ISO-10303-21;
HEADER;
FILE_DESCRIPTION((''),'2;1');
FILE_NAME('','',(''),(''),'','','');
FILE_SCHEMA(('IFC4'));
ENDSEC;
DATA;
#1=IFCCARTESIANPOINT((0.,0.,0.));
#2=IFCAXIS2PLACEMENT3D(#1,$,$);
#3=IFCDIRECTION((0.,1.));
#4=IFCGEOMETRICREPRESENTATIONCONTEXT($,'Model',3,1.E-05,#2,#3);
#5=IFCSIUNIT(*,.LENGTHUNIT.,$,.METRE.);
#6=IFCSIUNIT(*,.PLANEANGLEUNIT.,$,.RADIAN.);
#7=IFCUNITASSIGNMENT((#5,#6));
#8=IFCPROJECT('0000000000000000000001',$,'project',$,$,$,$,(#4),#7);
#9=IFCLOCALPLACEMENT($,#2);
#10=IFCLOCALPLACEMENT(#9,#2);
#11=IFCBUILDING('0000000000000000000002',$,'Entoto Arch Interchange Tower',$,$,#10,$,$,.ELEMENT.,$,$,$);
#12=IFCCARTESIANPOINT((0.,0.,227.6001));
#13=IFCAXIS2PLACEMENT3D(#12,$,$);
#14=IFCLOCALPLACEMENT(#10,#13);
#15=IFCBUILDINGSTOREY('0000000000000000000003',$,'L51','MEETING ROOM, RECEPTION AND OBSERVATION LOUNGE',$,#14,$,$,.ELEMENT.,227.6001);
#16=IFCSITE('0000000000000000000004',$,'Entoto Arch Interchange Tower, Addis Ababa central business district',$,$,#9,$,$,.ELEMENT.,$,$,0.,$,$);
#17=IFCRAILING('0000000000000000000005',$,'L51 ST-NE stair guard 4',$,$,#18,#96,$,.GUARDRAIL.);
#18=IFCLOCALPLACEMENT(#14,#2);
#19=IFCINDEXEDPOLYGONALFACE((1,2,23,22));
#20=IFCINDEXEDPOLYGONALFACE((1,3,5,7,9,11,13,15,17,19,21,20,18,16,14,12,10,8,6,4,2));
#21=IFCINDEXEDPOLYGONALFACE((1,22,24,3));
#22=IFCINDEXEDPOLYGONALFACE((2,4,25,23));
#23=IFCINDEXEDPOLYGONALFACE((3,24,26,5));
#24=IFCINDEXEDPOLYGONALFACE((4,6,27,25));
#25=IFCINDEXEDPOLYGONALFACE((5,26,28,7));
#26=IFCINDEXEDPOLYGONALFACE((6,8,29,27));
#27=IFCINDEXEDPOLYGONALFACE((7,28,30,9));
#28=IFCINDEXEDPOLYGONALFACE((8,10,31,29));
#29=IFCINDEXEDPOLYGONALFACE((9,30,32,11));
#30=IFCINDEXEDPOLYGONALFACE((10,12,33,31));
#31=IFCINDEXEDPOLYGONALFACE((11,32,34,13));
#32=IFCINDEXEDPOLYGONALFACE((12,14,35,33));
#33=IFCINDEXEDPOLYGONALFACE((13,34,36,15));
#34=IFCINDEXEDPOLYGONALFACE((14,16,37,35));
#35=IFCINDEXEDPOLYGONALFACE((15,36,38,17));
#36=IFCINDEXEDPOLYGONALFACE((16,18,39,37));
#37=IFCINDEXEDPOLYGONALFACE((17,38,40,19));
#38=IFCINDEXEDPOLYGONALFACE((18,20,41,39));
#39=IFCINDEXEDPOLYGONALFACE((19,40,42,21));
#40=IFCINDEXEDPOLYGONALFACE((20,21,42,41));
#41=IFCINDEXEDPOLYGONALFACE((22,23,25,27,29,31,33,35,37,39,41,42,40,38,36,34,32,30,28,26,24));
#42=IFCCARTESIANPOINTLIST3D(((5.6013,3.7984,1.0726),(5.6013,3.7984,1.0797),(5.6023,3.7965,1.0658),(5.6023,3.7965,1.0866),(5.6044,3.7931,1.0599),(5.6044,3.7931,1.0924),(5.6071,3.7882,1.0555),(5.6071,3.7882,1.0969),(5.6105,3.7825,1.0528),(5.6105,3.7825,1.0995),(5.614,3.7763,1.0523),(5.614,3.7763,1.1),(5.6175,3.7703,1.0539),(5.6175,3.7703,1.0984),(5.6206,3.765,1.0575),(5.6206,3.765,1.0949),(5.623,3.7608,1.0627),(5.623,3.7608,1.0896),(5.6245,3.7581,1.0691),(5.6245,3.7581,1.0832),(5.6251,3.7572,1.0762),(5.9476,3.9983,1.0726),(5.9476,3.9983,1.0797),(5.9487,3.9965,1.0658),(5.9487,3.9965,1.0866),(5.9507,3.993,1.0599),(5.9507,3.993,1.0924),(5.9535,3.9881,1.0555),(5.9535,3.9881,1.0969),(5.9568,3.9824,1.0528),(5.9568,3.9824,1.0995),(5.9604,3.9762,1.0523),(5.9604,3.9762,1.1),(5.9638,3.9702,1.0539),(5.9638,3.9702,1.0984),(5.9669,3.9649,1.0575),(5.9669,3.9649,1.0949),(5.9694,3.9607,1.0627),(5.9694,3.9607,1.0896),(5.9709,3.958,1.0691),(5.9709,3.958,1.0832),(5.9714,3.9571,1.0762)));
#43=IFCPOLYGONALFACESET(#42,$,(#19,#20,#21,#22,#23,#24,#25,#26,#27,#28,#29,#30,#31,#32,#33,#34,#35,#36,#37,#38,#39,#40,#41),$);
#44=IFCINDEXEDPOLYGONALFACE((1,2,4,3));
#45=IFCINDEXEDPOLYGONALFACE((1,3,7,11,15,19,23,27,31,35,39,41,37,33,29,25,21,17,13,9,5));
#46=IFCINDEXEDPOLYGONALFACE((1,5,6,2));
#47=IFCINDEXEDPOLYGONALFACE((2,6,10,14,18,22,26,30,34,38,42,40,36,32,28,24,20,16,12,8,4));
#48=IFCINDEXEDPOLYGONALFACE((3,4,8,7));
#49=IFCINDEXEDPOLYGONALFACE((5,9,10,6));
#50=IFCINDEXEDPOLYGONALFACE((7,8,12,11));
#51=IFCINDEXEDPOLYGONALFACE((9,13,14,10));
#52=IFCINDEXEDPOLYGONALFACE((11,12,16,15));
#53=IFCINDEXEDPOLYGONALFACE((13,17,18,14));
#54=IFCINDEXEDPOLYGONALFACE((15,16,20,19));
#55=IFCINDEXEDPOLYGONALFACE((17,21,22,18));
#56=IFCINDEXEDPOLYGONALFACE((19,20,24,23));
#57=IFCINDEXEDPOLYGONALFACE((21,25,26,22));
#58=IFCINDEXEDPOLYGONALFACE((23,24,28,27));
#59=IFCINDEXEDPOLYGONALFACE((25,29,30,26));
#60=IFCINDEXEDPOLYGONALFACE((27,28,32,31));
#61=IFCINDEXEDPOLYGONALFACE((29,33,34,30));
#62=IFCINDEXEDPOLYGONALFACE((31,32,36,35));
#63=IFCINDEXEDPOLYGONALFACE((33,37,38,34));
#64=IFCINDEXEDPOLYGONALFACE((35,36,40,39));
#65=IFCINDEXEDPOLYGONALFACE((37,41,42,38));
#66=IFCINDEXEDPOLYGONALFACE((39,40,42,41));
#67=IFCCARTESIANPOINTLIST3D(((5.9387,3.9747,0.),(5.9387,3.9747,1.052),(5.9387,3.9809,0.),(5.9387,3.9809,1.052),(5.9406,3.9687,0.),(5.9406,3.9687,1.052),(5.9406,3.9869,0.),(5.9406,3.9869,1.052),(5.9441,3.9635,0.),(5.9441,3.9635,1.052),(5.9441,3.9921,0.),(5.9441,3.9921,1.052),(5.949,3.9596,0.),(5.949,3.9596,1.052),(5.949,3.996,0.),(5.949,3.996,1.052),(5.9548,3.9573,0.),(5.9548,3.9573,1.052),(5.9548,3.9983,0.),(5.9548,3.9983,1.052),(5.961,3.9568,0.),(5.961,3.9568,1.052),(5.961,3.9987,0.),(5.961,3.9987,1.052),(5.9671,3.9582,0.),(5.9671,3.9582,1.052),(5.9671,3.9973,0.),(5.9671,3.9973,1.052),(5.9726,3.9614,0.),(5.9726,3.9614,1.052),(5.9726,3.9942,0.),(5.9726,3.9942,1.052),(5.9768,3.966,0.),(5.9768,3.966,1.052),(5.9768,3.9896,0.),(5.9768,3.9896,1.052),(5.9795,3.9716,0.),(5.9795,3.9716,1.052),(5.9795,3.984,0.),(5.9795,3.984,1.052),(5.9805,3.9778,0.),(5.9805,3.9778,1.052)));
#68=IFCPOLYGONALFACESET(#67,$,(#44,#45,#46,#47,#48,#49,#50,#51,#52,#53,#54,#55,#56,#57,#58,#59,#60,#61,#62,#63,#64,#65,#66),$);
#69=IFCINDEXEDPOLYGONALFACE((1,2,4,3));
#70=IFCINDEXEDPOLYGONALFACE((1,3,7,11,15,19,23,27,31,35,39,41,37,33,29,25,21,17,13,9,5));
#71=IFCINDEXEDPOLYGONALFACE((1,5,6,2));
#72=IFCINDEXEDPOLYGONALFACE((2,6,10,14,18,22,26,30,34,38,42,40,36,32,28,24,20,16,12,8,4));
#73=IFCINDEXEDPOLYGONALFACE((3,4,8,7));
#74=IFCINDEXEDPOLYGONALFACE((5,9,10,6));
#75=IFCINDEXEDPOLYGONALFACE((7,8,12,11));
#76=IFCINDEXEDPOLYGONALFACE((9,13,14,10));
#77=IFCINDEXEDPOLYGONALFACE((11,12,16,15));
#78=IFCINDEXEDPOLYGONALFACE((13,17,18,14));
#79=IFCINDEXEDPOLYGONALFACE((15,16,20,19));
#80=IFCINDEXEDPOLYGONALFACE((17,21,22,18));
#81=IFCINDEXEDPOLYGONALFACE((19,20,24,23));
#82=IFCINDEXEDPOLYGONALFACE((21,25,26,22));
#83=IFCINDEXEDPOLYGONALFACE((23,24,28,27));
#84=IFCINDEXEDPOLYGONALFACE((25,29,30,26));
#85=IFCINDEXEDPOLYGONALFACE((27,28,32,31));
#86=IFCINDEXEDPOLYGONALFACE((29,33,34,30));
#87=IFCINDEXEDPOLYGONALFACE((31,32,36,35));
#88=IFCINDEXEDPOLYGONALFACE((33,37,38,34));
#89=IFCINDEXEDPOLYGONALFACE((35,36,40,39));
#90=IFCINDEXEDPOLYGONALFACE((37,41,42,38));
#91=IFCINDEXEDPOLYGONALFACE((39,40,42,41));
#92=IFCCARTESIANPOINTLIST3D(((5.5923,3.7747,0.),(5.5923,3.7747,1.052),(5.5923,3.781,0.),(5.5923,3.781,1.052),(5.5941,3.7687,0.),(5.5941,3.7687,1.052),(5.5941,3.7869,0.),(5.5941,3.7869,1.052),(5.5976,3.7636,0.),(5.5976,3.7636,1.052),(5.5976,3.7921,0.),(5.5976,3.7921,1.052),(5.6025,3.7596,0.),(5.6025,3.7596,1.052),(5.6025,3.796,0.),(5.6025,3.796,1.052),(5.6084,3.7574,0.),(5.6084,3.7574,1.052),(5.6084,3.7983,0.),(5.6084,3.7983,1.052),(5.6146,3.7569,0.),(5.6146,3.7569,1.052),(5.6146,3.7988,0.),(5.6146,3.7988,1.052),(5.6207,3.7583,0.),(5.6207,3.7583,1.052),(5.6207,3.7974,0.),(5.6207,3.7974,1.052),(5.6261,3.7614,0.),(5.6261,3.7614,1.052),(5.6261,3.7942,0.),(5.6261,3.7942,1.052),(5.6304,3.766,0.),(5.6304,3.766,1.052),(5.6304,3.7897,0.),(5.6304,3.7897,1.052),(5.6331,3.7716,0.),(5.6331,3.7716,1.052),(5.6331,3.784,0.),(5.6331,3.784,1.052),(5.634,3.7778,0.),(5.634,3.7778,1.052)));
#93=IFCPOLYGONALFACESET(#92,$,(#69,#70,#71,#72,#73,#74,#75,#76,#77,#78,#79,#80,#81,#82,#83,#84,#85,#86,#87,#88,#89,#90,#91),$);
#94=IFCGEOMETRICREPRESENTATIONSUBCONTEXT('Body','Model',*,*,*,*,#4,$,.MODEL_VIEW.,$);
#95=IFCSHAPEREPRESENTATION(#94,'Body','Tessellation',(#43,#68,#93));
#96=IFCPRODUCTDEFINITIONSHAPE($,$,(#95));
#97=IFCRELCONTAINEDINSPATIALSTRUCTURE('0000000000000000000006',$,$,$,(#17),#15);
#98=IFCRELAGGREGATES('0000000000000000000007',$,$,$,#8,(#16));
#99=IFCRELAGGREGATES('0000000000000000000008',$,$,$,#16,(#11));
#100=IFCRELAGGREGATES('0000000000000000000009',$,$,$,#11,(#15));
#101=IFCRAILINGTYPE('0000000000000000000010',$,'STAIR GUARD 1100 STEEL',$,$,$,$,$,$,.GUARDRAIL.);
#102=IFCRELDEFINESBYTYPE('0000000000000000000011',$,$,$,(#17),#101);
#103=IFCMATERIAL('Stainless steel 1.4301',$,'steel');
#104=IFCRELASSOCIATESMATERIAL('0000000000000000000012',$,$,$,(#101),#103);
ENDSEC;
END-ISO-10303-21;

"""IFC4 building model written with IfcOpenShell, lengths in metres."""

from ifc_helpers import new_model, si_unit, direction, frame, origin, origin_2d, place, context, subcontext, project, spatial, circle, extrude, material, type_object, element, save


model = new_model("IFC4")

# Units and contexts
model_context = context("Model", 3, precision=1e-05, world=origin(), true_north=direction((0.0, 1.0)))
body_context = subcontext(model_context, "Body", "Model", "MODEL_VIEW")
ifc_project = project(units=[si_unit("LENGTHUNIT", "METRE"), si_unit("PLANEANGLEUNIT", "RADIAN")], contexts=[model_context])

# Site, building, storey
site_placement = place(None, origin())
site = spatial("IfcSite", under=ifc_project, at=site_placement, Name="Entoto Arch Interchange Tower, Addis Ababa central business district", CompositionType="ELEMENT", RefElevation=0.0)
building_placement = place(site_placement, origin())
building = spatial("IfcBuilding", under=site, at=building_placement, Name="Entoto Arch Interchange Tower", CompositionType="ELEMENT")
storey_placement = place(building_placement, frame((0.0, 0.0, 227.6001)))
storey = spatial("IfcBuildingStorey", under=building, at=storey_placement, Name="L51", Description="MEETING ROOM, RECEPTION AND OBSERVATION LOUNGE", CompositionType="ELEMENT", Elevation=227.6001)

# Shared definitions
ifc_material_1 = material(Name="Stainless steel 1.4301", Category="steel")

# Railing
railing_type_1 = type_object("IfcRailingType", Name="STAIR GUARD 1100 STEEL", PredefinedType="GUARDRAIL", material=ifc_material_1)
railing_1_placement = place(storey_placement, frame((5.9595, 3.9778, 0.0)))
element("IfcRailing", 1, at=railing_1_placement, inside=storey, type_object=railing_type_1, Name="L51 ST-NE stair guard 4", PredefinedType="GUARDRAIL", context=body_context, shape_type="SweptSolid", body=[
    extrude(circle(Radius=0.0239, at=origin_2d()), frame((0.0, 0.0, 1.0762), z_axis=(-0.866094, -0.499881, 0.0), x_axis=(0.499881, -0.866094, 0.0)), (0.0, 0.0, 1.0), 0.3999),
    extrude(circle(Radius=0.021, at=origin_2d()), origin(), (0.0, 0.0, 1.0), 1.052),
    extrude(circle(Radius=0.021, at=origin_2d()), frame((-0.3464, -0.2, 0.0)), (0.0, 0.0, 1.0), 1.052),
])

save(model, "model.ifc")
